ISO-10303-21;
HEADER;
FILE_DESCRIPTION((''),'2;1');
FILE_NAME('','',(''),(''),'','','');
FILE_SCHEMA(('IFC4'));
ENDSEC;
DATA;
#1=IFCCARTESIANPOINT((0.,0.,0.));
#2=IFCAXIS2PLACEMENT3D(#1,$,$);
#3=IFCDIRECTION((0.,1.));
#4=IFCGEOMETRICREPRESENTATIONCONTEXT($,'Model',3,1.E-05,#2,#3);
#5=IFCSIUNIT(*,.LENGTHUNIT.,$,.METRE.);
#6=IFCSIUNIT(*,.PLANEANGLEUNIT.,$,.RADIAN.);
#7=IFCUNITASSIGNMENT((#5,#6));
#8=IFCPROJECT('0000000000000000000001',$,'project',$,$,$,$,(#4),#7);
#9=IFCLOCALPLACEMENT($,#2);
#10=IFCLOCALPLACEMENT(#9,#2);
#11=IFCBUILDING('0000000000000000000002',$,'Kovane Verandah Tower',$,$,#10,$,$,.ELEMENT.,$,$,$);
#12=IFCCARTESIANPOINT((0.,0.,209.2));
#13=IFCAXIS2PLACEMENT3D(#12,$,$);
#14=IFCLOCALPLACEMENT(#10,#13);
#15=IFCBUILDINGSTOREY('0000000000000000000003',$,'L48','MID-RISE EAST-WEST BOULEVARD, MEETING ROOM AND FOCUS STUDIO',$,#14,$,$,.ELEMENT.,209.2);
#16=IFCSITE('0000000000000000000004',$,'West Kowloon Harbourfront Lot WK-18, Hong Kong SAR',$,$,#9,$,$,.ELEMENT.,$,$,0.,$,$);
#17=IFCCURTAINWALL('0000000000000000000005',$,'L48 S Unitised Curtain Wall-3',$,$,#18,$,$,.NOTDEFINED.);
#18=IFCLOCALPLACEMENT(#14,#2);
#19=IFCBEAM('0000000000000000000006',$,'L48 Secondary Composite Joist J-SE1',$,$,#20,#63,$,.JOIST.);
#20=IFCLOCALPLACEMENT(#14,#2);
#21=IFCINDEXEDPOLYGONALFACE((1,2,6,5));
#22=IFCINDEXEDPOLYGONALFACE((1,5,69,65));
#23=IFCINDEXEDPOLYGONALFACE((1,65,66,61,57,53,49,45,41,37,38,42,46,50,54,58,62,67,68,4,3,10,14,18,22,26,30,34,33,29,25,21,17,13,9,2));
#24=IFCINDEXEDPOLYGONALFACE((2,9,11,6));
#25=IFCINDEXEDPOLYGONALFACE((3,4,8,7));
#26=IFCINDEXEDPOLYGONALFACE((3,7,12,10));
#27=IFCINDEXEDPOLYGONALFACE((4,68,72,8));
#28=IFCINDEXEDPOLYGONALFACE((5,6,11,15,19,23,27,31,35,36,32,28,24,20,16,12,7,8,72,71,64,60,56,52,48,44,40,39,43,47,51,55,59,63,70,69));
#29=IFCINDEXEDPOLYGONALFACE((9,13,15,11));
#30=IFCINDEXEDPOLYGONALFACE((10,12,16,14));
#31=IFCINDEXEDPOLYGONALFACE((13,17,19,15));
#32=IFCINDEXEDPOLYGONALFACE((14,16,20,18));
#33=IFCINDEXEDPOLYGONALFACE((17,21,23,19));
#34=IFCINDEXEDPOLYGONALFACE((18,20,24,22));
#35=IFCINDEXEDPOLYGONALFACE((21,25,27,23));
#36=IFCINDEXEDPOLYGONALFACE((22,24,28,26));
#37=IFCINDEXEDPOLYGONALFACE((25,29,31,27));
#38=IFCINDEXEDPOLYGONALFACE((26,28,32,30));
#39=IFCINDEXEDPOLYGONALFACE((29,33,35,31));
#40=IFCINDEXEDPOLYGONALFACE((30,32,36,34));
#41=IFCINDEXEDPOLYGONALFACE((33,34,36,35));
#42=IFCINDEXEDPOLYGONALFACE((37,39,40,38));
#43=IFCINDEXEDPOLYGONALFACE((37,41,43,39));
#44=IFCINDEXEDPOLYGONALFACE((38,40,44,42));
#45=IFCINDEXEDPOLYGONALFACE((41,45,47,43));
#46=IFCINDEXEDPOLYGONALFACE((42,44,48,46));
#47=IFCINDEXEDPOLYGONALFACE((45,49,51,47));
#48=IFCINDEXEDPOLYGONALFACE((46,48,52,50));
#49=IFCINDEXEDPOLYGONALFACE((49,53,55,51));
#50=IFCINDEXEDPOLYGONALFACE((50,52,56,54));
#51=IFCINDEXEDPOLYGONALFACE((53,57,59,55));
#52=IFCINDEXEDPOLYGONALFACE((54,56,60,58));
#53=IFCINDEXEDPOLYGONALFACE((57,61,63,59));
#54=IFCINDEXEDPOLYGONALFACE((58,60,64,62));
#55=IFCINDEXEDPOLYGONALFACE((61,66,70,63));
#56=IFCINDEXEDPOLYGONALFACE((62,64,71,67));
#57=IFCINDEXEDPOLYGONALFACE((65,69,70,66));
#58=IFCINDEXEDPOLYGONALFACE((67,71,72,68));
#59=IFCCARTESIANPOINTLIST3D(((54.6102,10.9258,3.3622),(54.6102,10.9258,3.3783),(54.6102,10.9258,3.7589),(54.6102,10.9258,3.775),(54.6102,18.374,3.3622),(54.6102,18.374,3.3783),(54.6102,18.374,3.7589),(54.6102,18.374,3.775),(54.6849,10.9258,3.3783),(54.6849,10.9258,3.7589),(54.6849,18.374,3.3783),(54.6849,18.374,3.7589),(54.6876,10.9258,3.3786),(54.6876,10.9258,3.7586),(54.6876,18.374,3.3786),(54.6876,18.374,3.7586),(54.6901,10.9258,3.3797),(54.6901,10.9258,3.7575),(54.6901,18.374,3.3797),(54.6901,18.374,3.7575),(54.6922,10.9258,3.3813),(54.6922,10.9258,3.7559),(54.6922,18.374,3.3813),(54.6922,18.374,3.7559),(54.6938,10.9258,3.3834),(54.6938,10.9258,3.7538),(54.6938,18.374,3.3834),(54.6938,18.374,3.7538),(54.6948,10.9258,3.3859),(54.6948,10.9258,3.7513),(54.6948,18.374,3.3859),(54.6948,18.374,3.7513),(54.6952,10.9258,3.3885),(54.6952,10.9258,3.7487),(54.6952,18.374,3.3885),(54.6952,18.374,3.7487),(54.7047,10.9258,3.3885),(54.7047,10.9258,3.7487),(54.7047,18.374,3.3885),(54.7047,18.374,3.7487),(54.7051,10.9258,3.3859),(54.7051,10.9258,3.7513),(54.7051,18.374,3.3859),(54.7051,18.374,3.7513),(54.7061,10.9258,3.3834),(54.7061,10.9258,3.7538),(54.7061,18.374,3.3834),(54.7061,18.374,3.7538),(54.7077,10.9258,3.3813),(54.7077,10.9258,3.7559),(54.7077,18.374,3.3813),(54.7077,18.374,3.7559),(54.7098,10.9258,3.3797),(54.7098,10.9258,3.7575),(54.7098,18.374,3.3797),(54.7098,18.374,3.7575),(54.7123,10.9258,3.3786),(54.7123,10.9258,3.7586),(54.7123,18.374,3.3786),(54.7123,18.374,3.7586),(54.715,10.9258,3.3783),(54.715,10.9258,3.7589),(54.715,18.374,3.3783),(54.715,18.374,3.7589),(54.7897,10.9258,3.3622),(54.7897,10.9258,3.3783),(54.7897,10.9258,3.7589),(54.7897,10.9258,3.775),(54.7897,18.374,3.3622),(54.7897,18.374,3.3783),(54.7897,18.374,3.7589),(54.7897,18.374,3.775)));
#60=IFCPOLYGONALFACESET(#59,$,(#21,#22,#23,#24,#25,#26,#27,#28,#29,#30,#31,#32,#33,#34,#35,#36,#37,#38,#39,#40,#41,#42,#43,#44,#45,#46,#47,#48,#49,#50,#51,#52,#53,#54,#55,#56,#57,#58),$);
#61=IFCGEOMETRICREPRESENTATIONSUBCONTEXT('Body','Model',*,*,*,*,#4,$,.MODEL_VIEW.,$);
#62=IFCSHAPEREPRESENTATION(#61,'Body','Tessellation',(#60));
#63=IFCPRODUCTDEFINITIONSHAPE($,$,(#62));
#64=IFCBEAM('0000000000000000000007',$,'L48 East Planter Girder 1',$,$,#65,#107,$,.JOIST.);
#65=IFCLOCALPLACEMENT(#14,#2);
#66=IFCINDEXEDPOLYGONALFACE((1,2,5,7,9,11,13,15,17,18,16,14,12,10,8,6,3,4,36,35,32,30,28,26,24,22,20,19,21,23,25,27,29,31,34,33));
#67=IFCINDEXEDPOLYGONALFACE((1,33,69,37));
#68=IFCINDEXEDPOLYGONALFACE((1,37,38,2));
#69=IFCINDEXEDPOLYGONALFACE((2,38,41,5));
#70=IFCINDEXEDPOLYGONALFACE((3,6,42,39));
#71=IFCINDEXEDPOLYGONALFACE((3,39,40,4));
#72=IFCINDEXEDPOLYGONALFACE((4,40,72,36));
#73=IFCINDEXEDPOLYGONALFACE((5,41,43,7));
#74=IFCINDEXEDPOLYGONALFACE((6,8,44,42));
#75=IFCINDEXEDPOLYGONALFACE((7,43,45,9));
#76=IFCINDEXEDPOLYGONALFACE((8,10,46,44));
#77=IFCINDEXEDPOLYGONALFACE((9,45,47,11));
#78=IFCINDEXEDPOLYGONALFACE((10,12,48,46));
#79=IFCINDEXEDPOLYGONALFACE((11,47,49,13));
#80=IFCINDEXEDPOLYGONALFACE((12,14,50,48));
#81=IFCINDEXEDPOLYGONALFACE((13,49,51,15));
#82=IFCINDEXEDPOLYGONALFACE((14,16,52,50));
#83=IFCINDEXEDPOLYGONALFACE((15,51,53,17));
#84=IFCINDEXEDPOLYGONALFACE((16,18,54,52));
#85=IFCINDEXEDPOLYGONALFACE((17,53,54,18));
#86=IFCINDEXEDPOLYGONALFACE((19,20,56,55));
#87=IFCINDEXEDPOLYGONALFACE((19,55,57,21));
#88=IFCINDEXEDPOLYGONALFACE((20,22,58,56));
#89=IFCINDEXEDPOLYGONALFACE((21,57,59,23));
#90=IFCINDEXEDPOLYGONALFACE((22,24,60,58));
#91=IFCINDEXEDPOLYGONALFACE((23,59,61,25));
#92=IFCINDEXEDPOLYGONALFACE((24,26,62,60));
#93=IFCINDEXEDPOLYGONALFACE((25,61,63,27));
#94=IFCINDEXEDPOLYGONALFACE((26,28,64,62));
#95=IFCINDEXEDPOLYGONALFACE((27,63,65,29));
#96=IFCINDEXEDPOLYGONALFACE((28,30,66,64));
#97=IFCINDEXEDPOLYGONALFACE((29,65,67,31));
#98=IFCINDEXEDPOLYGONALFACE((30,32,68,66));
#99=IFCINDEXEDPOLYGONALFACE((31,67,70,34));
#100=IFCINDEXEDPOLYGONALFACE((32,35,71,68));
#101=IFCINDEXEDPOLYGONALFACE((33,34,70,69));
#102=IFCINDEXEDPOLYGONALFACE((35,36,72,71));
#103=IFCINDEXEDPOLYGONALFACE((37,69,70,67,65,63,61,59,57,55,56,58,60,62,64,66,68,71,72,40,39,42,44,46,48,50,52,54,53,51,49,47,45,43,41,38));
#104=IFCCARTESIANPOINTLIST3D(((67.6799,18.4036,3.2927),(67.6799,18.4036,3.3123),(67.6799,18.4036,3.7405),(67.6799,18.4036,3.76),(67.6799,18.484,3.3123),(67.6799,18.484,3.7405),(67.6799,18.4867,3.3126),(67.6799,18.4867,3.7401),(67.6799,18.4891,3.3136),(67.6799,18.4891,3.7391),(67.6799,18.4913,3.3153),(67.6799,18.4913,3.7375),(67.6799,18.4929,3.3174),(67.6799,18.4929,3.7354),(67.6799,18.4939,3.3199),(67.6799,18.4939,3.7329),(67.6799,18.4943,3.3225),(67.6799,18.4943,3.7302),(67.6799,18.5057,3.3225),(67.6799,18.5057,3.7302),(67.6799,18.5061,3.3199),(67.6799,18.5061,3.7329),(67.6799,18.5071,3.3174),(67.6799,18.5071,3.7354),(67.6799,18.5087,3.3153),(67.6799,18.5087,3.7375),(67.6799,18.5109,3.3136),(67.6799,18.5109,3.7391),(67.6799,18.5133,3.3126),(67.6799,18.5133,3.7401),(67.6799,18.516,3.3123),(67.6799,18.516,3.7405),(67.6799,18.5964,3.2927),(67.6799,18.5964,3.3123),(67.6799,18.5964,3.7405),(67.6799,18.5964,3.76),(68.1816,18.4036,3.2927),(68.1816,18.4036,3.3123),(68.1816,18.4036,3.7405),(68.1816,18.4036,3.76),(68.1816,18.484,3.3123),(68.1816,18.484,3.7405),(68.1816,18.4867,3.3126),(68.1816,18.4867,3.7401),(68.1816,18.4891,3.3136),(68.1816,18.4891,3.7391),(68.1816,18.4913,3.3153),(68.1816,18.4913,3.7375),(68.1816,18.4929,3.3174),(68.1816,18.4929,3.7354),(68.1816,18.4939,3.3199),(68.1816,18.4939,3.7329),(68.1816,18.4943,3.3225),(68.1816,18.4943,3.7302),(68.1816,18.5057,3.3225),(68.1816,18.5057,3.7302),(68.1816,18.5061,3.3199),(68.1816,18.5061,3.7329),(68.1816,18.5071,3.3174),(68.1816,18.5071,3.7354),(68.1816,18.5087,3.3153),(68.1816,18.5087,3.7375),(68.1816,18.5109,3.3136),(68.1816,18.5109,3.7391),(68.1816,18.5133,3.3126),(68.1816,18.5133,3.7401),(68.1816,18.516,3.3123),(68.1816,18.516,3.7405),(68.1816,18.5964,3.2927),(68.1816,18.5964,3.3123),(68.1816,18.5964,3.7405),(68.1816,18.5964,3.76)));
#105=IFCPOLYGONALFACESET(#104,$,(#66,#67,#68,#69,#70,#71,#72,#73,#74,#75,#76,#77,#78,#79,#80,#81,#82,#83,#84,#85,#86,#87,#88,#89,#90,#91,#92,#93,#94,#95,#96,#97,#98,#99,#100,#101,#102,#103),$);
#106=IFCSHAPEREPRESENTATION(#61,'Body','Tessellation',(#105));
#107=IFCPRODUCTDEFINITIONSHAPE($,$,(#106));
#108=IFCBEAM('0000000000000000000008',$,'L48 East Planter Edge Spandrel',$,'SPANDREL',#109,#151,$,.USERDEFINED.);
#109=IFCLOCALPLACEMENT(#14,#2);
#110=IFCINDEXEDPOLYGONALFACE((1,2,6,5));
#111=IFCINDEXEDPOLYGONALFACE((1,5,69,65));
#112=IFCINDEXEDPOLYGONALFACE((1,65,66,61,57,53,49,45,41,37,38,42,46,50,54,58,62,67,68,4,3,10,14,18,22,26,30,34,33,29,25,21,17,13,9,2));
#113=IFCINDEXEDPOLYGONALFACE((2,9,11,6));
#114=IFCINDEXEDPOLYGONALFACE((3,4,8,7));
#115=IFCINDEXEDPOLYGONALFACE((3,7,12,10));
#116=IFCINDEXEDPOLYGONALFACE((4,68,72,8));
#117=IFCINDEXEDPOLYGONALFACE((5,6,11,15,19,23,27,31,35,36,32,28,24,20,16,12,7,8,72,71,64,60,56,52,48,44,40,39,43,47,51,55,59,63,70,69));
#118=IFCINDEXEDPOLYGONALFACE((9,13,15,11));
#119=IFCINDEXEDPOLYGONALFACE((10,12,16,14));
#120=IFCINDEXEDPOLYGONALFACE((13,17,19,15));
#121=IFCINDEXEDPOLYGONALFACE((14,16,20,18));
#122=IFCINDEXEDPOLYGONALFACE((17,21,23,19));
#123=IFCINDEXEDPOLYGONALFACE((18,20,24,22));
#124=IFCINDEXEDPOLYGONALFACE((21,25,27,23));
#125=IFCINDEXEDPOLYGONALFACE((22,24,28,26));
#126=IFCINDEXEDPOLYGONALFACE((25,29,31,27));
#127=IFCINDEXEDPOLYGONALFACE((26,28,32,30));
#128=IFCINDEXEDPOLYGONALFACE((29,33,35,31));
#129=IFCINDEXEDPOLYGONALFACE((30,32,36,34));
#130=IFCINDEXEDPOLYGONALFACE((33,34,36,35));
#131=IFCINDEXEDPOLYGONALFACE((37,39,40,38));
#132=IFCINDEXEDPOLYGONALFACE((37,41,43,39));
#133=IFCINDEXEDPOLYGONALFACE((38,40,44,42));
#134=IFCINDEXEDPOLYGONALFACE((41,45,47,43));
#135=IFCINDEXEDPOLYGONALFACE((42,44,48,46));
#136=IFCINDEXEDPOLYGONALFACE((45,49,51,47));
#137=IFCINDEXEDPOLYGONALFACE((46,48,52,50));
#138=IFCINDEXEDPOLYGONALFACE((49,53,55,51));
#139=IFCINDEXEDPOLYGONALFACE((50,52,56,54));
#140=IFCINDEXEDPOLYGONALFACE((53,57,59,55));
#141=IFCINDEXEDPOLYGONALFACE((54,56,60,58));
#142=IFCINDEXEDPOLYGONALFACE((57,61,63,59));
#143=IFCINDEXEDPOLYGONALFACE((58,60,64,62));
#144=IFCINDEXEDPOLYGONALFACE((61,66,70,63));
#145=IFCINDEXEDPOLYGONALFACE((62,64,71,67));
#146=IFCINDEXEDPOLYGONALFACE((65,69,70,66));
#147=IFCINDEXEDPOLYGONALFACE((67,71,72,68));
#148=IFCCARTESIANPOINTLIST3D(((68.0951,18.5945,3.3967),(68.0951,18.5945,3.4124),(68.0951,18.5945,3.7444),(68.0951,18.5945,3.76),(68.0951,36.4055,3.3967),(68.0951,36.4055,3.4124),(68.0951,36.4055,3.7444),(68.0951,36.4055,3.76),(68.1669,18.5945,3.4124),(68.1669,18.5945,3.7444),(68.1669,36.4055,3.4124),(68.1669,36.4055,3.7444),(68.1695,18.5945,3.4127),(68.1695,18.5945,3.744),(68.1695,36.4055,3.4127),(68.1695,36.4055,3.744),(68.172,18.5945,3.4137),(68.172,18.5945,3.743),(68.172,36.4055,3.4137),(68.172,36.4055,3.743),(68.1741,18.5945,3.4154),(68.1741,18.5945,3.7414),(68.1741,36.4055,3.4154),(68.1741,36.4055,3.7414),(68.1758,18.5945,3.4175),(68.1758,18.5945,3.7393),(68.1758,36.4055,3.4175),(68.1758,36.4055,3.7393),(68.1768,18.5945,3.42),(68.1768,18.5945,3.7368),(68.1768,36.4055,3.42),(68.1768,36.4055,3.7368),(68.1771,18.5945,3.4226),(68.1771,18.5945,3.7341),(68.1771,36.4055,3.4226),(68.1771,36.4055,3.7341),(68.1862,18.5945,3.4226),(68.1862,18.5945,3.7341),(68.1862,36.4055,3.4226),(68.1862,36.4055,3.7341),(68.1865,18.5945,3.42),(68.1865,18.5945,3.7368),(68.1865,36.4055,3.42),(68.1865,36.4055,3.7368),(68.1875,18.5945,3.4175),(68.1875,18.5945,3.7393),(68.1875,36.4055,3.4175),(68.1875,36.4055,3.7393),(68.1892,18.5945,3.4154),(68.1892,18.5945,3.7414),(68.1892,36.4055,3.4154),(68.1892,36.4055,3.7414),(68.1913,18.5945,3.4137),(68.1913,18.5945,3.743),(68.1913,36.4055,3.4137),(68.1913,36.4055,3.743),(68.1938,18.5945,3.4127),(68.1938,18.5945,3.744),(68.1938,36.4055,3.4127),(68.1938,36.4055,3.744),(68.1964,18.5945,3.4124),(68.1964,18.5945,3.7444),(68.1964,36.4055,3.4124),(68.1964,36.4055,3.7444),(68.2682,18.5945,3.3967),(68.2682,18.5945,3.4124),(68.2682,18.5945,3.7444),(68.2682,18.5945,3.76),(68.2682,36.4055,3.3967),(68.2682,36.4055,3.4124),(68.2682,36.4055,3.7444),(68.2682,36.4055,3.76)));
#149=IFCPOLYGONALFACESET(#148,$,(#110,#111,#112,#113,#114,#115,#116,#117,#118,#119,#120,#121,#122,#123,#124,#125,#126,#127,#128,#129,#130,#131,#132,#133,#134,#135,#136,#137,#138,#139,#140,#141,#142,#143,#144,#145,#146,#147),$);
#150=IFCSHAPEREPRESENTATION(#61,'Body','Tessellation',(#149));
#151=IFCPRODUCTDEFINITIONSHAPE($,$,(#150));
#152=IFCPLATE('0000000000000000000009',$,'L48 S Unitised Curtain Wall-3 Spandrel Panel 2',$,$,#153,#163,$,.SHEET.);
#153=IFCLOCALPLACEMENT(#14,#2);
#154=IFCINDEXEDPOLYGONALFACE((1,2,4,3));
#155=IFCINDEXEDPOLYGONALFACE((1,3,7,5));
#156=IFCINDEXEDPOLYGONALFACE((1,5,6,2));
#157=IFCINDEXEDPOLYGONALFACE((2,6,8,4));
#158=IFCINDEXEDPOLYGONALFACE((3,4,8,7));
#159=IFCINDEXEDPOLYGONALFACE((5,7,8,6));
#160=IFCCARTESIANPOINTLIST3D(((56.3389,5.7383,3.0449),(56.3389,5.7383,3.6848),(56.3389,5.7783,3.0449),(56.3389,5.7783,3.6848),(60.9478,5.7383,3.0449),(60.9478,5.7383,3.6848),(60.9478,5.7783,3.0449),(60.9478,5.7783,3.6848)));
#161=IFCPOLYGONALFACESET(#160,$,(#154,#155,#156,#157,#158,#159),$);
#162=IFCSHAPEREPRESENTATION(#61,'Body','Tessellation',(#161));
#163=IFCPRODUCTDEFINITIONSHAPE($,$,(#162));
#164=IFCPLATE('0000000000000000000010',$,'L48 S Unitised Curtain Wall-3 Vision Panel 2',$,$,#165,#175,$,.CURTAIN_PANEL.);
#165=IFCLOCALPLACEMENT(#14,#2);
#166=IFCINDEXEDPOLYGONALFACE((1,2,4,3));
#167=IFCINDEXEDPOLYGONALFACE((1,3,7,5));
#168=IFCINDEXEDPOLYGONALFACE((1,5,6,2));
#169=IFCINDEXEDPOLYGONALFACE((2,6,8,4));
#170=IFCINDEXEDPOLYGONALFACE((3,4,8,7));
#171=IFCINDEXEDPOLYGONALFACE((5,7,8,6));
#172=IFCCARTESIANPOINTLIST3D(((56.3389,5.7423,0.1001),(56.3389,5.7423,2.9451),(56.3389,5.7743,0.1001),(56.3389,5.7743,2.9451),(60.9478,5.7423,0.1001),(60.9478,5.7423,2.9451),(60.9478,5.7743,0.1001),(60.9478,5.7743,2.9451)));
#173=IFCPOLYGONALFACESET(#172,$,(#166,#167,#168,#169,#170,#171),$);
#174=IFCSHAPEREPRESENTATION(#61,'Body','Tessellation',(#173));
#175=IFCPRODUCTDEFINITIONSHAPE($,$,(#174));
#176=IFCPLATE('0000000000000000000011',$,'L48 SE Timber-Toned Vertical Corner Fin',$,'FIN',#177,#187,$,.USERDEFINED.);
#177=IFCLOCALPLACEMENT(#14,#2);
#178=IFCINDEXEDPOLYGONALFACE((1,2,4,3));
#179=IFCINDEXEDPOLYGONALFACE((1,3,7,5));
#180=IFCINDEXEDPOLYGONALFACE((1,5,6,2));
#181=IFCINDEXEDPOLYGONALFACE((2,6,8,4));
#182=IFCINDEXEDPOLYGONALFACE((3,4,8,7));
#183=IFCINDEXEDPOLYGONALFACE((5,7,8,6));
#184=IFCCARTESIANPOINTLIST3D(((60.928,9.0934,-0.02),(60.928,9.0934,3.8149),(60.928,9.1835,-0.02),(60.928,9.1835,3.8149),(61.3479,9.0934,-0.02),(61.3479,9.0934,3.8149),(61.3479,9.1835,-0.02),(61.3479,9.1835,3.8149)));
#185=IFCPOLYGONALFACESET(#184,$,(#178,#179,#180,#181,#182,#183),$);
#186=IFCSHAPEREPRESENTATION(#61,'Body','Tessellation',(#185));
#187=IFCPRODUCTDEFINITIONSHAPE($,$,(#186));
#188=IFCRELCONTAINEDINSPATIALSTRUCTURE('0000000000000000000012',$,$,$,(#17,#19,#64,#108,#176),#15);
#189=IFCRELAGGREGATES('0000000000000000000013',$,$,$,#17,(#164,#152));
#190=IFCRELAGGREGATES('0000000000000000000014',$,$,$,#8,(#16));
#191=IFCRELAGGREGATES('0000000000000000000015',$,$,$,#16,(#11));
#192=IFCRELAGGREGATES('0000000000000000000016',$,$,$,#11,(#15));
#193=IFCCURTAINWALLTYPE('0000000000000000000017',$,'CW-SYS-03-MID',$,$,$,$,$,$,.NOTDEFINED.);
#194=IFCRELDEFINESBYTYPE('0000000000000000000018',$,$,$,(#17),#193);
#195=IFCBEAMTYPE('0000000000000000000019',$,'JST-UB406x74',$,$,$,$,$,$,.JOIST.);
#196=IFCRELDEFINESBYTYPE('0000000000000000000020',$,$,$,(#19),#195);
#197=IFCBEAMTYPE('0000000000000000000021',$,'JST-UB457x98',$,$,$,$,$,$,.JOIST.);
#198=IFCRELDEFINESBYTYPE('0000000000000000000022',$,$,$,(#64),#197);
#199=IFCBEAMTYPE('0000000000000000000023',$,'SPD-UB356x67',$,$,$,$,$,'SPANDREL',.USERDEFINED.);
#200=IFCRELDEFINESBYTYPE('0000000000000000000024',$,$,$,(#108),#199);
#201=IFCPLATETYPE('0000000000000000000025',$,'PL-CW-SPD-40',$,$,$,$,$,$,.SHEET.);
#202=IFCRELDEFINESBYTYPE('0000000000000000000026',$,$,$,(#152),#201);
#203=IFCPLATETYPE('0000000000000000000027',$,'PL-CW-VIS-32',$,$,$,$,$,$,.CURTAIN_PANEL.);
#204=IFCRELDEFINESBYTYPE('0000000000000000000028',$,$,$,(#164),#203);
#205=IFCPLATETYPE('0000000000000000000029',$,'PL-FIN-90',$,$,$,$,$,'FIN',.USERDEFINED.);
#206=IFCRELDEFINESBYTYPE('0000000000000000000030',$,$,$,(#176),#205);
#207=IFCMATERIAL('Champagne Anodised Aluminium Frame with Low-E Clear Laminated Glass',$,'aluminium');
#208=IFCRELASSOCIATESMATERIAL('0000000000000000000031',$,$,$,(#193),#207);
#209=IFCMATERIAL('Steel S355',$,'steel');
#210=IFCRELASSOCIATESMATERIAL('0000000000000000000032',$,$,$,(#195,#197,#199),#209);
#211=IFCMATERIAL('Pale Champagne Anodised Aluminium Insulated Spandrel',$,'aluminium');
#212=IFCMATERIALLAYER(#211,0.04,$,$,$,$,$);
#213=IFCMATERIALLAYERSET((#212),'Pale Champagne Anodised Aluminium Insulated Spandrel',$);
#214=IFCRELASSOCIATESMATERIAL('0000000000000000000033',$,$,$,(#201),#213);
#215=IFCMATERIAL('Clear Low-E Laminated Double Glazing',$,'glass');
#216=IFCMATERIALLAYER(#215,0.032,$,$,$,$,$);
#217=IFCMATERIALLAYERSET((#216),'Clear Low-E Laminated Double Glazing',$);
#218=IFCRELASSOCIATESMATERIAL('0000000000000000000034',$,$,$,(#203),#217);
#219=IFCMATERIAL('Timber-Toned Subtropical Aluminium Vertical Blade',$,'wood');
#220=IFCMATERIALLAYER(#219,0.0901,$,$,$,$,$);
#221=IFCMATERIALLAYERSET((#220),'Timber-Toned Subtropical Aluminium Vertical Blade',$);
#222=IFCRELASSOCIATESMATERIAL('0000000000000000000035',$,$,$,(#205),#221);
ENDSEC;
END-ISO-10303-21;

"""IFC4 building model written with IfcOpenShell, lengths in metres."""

from ifc_helpers import new_model, si_unit, direction, frame, origin, origin_2d, place, context, subcontext, project, spatial, rectangle, i_section, extrude, material, layer, layer_set, material_profile, profile_set, type_object, element, aggregate, save


model = new_model("IFC4")

# Units and contexts
model_context = context("Model", 3, precision=1e-05, world=origin(), true_north=direction((0.0, 1.0)))
body_context = subcontext(model_context, "Body", "Model", "MODEL_VIEW")
ifc_project = project(units=[si_unit("LENGTHUNIT", "METRE"), si_unit("PLANEANGLEUNIT", "RADIAN")], contexts=[model_context])

# Site, building, storey
site_placement = place(None, origin())
site = spatial("IfcSite", under=ifc_project, at=site_placement, Name="West Kowloon Harbourfront Lot WK-18, Hong Kong SAR", CompositionType="ELEMENT", RefElevation=0.0)
building_placement = place(site_placement, origin())
building = spatial("IfcBuilding", under=site, at=building_placement, Name="Kovane Verandah Tower", CompositionType="ELEMENT")
storey_placement = place(building_placement, frame((0.0, 0.0, 209.2)))
storey = spatial("IfcBuildingStorey", under=building, at=storey_placement, Name="L48", Description="MID-RISE EAST-WEST BOULEVARD, MEETING ROOM AND FOCUS STUDIO", CompositionType="ELEMENT", Elevation=209.2)

# Shared definitions
ifc_material_1 = material(Name="Steel S355", Category="steel")

# Curtain wall
ifc_material_2 = material(Name="Champagne Anodised Aluminium Frame with Low-E Clear Laminated Glass", Category="aluminium")
curtain_wall_type = type_object("IfcCurtainWallType", Name="CW-SYS-03-MID", PredefinedType="NOTDEFINED", material=ifc_material_2)
curtain_wall_placement = place(storey_placement, origin())
curtain_wall = element("IfcCurtainWall", 1, at=curtain_wall_placement, inside=storey, type_object=curtain_wall_type, Name="L48 S Unitised Curtain Wall-3", PredefinedType="NOTDEFINED")

# Beams
ifc_material_profile_1 = material_profile(ifc_material_1, i_section(OverallWidth=0.1794, OverallDepth=0.4128, WebThickness=0.0095, FlangeThickness=0.0161, FilletRadius=0.0103, at=origin_2d()), Name="UB406x178x74")
ifc_profile_set_1 = profile_set([ifc_material_profile_1], Name="Steel S355")
beam_type_1 = type_object("IfcBeamType", Name="JST-UB406x74", PredefinedType="JOIST", material=ifc_profile_set_1)
beam_1_placement = place(storey_placement, frame((54.7, 10.9258, 3.5686), z_axis=(0.0, 1.0, 0.0), x_axis=(-1.0, 0.0, 0.0)))
element("IfcBeam", 2, at=beam_1_placement, inside=storey, type_object=beam_type_1, Name="L48 Secondary Composite Joist J-SE1", PredefinedType="JOIST", context=body_context, shape_type="SweptSolid", body=[
    extrude(i_section(OverallWidth=0.1794, OverallDepth=0.4128, WebThickness=0.0095, FlangeThickness=0.0161, FilletRadius=0.0103, at=origin_2d()), origin(), (0.0, 0.0, 1.0), 7.4482),
])
ifc_material_profile_2 = material_profile(ifc_material_1, i_section(OverallWidth=0.1929, OverallDepth=0.4673, WebThickness=0.0115, FlangeThickness=0.0195, FilletRadius=0.0103, at=origin_2d()), Name="UB457x191x98")
ifc_profile_set_2 = profile_set([ifc_material_profile_2], Name="Steel S355")
beam_type_2 = type_object("IfcBeamType", Name="JST-UB457x98", PredefinedType="JOIST", material=ifc_profile_set_2)
beam_2_placement = place(storey_placement, frame((67.6799, 18.5, 3.5264), z_axis=(1.0, 0.0, 0.0), x_axis=(0.0, 1.0, 0.0)))
element("IfcBeam", 3, at=beam_2_placement, inside=storey, type_object=beam_type_2, Name="L48 East Planter Girder 1", PredefinedType="JOIST", context=body_context, shape_type="SweptSolid", body=[
    extrude(i_section(OverallWidth=0.1929, OverallDepth=0.4673, WebThickness=0.0115, FlangeThickness=0.0195, FilletRadius=0.0103, at=origin_2d()), origin(), (0.0, 0.0, 1.0), 0.5017),
])
ifc_material_profile_3 = material_profile(ifc_material_1, i_section(OverallWidth=0.1731, OverallDepth=0.3633, WebThickness=0.009, FlangeThickness=0.0156, FilletRadius=0.0103, at=origin_2d()), Name="UB356x171x67")
ifc_profile_set_3 = profile_set([ifc_material_profile_3], Name="Steel S355")
beam_type_3 = type_object("IfcBeamType", Name="SPD-UB356x67", ElementType="SPANDREL", PredefinedType="USERDEFINED", material=ifc_profile_set_3)
beam_3_placement = place(storey_placement, frame((68.1816, 18.5945, 3.5784), z_axis=(0.0, 1.0, 0.0), x_axis=(-1.0, 0.0, 0.0)))
element("IfcBeam", 4, at=beam_3_placement, inside=storey, type_object=beam_type_3, Name="L48 East Planter Edge Spandrel", ObjectType="SPANDREL", PredefinedType="USERDEFINED", context=body_context, shape_type="SweptSolid", body=[
    extrude(i_section(OverallWidth=0.1731, OverallDepth=0.3633, WebThickness=0.009, FlangeThickness=0.0156, FilletRadius=0.0103, at=origin_2d()), origin(), (0.0, 0.0, 1.0), 17.811),
])

# Plates
ifc_material_3 = material(Name="Pale Champagne Anodised Aluminium Insulated Spandrel", Category="aluminium")
ifc_layer_1 = layer(ifc_material_3, 0.04)
ifc_layer_set_1 = layer_set([ifc_layer_1], Name="Pale Champagne Anodised Aluminium Insulated Spandrel")
plate_type_1 = type_object("IfcPlateType", Name="PL-CW-SPD-40", PredefinedType="SHEET", material=ifc_layer_set_1)
plate_1_placement = place(storey_placement, frame((58.6433, 5.7583, 3.0449), z_axis=(0.0, 0.0, 1.0), x_axis=(1.0, 0.0, 0.0)))
plate_1 = element("IfcPlate", 5, at=plate_1_placement, type_object=plate_type_1, Name="L48 S Unitised Curtain Wall-3 Spandrel Panel 2", PredefinedType="SHEET", context=body_context, shape_type="SweptSolid", body=[
    extrude(rectangle(XDim=4.6089, YDim=0.04, at=origin_2d()), origin(), (0.0, 0.0, 1.0), 0.6399),
])
ifc_material_4 = material(Name="Clear Low-E Laminated Double Glazing", Category="glass")
ifc_layer_2 = layer(ifc_material_4, 0.032)
ifc_layer_set_2 = layer_set([ifc_layer_2], Name="Clear Low-E Laminated Double Glazing")
plate_type_2 = type_object("IfcPlateType", Name="PL-CW-VIS-32", PredefinedType="CURTAIN_PANEL", material=ifc_layer_set_2)
plate_2_placement = place(storey_placement, frame((58.6433, 5.7583, 0.1001), z_axis=(0.0, 0.0, 1.0), x_axis=(1.0, 0.0, 0.0)))
plate_2 = element("IfcPlate", 6, at=plate_2_placement, type_object=plate_type_2, Name="L48 S Unitised Curtain Wall-3 Vision Panel 2", PredefinedType="CURTAIN_PANEL", context=body_context, shape_type="SweptSolid", body=[
    extrude(rectangle(XDim=4.6089, YDim=0.032, at=origin_2d()), origin(), (0.0, 0.0, 1.0), 2.845),
])
aggregate(curtain_wall, [plate_2, plate_1])
ifc_material_5 = material(Name="Timber-Toned Subtropical Aluminium Vertical Blade", Category="wood")
ifc_layer_3 = layer(ifc_material_5, 0.0901)
ifc_layer_set_3 = layer_set([ifc_layer_3], Name="Timber-Toned Subtropical Aluminium Vertical Blade")
plate_type_3 = type_object("IfcPlateType", Name="PL-FIN-90", ElementType="FIN", PredefinedType="USERDEFINED", material=ifc_layer_set_3)
plate_3_placement = place(storey_placement, frame((61.1379, 9.1384, -0.02), z_axis=(0.0, 0.0, 1.0), x_axis=(1.0, 0.0, 0.0)))
element("IfcPlate", 7, at=plate_3_placement, inside=storey, type_object=plate_type_3, Name="L48 SE Timber-Toned Vertical Corner Fin", ObjectType="FIN", PredefinedType="USERDEFINED", context=body_context, shape_type="SweptSolid", body=[
    extrude(rectangle(XDim=0.4199, YDim=0.0901, at=origin_2d()), origin(), (0.0, 0.0, 1.0), 3.835),
])

save(model, "model.ifc")
